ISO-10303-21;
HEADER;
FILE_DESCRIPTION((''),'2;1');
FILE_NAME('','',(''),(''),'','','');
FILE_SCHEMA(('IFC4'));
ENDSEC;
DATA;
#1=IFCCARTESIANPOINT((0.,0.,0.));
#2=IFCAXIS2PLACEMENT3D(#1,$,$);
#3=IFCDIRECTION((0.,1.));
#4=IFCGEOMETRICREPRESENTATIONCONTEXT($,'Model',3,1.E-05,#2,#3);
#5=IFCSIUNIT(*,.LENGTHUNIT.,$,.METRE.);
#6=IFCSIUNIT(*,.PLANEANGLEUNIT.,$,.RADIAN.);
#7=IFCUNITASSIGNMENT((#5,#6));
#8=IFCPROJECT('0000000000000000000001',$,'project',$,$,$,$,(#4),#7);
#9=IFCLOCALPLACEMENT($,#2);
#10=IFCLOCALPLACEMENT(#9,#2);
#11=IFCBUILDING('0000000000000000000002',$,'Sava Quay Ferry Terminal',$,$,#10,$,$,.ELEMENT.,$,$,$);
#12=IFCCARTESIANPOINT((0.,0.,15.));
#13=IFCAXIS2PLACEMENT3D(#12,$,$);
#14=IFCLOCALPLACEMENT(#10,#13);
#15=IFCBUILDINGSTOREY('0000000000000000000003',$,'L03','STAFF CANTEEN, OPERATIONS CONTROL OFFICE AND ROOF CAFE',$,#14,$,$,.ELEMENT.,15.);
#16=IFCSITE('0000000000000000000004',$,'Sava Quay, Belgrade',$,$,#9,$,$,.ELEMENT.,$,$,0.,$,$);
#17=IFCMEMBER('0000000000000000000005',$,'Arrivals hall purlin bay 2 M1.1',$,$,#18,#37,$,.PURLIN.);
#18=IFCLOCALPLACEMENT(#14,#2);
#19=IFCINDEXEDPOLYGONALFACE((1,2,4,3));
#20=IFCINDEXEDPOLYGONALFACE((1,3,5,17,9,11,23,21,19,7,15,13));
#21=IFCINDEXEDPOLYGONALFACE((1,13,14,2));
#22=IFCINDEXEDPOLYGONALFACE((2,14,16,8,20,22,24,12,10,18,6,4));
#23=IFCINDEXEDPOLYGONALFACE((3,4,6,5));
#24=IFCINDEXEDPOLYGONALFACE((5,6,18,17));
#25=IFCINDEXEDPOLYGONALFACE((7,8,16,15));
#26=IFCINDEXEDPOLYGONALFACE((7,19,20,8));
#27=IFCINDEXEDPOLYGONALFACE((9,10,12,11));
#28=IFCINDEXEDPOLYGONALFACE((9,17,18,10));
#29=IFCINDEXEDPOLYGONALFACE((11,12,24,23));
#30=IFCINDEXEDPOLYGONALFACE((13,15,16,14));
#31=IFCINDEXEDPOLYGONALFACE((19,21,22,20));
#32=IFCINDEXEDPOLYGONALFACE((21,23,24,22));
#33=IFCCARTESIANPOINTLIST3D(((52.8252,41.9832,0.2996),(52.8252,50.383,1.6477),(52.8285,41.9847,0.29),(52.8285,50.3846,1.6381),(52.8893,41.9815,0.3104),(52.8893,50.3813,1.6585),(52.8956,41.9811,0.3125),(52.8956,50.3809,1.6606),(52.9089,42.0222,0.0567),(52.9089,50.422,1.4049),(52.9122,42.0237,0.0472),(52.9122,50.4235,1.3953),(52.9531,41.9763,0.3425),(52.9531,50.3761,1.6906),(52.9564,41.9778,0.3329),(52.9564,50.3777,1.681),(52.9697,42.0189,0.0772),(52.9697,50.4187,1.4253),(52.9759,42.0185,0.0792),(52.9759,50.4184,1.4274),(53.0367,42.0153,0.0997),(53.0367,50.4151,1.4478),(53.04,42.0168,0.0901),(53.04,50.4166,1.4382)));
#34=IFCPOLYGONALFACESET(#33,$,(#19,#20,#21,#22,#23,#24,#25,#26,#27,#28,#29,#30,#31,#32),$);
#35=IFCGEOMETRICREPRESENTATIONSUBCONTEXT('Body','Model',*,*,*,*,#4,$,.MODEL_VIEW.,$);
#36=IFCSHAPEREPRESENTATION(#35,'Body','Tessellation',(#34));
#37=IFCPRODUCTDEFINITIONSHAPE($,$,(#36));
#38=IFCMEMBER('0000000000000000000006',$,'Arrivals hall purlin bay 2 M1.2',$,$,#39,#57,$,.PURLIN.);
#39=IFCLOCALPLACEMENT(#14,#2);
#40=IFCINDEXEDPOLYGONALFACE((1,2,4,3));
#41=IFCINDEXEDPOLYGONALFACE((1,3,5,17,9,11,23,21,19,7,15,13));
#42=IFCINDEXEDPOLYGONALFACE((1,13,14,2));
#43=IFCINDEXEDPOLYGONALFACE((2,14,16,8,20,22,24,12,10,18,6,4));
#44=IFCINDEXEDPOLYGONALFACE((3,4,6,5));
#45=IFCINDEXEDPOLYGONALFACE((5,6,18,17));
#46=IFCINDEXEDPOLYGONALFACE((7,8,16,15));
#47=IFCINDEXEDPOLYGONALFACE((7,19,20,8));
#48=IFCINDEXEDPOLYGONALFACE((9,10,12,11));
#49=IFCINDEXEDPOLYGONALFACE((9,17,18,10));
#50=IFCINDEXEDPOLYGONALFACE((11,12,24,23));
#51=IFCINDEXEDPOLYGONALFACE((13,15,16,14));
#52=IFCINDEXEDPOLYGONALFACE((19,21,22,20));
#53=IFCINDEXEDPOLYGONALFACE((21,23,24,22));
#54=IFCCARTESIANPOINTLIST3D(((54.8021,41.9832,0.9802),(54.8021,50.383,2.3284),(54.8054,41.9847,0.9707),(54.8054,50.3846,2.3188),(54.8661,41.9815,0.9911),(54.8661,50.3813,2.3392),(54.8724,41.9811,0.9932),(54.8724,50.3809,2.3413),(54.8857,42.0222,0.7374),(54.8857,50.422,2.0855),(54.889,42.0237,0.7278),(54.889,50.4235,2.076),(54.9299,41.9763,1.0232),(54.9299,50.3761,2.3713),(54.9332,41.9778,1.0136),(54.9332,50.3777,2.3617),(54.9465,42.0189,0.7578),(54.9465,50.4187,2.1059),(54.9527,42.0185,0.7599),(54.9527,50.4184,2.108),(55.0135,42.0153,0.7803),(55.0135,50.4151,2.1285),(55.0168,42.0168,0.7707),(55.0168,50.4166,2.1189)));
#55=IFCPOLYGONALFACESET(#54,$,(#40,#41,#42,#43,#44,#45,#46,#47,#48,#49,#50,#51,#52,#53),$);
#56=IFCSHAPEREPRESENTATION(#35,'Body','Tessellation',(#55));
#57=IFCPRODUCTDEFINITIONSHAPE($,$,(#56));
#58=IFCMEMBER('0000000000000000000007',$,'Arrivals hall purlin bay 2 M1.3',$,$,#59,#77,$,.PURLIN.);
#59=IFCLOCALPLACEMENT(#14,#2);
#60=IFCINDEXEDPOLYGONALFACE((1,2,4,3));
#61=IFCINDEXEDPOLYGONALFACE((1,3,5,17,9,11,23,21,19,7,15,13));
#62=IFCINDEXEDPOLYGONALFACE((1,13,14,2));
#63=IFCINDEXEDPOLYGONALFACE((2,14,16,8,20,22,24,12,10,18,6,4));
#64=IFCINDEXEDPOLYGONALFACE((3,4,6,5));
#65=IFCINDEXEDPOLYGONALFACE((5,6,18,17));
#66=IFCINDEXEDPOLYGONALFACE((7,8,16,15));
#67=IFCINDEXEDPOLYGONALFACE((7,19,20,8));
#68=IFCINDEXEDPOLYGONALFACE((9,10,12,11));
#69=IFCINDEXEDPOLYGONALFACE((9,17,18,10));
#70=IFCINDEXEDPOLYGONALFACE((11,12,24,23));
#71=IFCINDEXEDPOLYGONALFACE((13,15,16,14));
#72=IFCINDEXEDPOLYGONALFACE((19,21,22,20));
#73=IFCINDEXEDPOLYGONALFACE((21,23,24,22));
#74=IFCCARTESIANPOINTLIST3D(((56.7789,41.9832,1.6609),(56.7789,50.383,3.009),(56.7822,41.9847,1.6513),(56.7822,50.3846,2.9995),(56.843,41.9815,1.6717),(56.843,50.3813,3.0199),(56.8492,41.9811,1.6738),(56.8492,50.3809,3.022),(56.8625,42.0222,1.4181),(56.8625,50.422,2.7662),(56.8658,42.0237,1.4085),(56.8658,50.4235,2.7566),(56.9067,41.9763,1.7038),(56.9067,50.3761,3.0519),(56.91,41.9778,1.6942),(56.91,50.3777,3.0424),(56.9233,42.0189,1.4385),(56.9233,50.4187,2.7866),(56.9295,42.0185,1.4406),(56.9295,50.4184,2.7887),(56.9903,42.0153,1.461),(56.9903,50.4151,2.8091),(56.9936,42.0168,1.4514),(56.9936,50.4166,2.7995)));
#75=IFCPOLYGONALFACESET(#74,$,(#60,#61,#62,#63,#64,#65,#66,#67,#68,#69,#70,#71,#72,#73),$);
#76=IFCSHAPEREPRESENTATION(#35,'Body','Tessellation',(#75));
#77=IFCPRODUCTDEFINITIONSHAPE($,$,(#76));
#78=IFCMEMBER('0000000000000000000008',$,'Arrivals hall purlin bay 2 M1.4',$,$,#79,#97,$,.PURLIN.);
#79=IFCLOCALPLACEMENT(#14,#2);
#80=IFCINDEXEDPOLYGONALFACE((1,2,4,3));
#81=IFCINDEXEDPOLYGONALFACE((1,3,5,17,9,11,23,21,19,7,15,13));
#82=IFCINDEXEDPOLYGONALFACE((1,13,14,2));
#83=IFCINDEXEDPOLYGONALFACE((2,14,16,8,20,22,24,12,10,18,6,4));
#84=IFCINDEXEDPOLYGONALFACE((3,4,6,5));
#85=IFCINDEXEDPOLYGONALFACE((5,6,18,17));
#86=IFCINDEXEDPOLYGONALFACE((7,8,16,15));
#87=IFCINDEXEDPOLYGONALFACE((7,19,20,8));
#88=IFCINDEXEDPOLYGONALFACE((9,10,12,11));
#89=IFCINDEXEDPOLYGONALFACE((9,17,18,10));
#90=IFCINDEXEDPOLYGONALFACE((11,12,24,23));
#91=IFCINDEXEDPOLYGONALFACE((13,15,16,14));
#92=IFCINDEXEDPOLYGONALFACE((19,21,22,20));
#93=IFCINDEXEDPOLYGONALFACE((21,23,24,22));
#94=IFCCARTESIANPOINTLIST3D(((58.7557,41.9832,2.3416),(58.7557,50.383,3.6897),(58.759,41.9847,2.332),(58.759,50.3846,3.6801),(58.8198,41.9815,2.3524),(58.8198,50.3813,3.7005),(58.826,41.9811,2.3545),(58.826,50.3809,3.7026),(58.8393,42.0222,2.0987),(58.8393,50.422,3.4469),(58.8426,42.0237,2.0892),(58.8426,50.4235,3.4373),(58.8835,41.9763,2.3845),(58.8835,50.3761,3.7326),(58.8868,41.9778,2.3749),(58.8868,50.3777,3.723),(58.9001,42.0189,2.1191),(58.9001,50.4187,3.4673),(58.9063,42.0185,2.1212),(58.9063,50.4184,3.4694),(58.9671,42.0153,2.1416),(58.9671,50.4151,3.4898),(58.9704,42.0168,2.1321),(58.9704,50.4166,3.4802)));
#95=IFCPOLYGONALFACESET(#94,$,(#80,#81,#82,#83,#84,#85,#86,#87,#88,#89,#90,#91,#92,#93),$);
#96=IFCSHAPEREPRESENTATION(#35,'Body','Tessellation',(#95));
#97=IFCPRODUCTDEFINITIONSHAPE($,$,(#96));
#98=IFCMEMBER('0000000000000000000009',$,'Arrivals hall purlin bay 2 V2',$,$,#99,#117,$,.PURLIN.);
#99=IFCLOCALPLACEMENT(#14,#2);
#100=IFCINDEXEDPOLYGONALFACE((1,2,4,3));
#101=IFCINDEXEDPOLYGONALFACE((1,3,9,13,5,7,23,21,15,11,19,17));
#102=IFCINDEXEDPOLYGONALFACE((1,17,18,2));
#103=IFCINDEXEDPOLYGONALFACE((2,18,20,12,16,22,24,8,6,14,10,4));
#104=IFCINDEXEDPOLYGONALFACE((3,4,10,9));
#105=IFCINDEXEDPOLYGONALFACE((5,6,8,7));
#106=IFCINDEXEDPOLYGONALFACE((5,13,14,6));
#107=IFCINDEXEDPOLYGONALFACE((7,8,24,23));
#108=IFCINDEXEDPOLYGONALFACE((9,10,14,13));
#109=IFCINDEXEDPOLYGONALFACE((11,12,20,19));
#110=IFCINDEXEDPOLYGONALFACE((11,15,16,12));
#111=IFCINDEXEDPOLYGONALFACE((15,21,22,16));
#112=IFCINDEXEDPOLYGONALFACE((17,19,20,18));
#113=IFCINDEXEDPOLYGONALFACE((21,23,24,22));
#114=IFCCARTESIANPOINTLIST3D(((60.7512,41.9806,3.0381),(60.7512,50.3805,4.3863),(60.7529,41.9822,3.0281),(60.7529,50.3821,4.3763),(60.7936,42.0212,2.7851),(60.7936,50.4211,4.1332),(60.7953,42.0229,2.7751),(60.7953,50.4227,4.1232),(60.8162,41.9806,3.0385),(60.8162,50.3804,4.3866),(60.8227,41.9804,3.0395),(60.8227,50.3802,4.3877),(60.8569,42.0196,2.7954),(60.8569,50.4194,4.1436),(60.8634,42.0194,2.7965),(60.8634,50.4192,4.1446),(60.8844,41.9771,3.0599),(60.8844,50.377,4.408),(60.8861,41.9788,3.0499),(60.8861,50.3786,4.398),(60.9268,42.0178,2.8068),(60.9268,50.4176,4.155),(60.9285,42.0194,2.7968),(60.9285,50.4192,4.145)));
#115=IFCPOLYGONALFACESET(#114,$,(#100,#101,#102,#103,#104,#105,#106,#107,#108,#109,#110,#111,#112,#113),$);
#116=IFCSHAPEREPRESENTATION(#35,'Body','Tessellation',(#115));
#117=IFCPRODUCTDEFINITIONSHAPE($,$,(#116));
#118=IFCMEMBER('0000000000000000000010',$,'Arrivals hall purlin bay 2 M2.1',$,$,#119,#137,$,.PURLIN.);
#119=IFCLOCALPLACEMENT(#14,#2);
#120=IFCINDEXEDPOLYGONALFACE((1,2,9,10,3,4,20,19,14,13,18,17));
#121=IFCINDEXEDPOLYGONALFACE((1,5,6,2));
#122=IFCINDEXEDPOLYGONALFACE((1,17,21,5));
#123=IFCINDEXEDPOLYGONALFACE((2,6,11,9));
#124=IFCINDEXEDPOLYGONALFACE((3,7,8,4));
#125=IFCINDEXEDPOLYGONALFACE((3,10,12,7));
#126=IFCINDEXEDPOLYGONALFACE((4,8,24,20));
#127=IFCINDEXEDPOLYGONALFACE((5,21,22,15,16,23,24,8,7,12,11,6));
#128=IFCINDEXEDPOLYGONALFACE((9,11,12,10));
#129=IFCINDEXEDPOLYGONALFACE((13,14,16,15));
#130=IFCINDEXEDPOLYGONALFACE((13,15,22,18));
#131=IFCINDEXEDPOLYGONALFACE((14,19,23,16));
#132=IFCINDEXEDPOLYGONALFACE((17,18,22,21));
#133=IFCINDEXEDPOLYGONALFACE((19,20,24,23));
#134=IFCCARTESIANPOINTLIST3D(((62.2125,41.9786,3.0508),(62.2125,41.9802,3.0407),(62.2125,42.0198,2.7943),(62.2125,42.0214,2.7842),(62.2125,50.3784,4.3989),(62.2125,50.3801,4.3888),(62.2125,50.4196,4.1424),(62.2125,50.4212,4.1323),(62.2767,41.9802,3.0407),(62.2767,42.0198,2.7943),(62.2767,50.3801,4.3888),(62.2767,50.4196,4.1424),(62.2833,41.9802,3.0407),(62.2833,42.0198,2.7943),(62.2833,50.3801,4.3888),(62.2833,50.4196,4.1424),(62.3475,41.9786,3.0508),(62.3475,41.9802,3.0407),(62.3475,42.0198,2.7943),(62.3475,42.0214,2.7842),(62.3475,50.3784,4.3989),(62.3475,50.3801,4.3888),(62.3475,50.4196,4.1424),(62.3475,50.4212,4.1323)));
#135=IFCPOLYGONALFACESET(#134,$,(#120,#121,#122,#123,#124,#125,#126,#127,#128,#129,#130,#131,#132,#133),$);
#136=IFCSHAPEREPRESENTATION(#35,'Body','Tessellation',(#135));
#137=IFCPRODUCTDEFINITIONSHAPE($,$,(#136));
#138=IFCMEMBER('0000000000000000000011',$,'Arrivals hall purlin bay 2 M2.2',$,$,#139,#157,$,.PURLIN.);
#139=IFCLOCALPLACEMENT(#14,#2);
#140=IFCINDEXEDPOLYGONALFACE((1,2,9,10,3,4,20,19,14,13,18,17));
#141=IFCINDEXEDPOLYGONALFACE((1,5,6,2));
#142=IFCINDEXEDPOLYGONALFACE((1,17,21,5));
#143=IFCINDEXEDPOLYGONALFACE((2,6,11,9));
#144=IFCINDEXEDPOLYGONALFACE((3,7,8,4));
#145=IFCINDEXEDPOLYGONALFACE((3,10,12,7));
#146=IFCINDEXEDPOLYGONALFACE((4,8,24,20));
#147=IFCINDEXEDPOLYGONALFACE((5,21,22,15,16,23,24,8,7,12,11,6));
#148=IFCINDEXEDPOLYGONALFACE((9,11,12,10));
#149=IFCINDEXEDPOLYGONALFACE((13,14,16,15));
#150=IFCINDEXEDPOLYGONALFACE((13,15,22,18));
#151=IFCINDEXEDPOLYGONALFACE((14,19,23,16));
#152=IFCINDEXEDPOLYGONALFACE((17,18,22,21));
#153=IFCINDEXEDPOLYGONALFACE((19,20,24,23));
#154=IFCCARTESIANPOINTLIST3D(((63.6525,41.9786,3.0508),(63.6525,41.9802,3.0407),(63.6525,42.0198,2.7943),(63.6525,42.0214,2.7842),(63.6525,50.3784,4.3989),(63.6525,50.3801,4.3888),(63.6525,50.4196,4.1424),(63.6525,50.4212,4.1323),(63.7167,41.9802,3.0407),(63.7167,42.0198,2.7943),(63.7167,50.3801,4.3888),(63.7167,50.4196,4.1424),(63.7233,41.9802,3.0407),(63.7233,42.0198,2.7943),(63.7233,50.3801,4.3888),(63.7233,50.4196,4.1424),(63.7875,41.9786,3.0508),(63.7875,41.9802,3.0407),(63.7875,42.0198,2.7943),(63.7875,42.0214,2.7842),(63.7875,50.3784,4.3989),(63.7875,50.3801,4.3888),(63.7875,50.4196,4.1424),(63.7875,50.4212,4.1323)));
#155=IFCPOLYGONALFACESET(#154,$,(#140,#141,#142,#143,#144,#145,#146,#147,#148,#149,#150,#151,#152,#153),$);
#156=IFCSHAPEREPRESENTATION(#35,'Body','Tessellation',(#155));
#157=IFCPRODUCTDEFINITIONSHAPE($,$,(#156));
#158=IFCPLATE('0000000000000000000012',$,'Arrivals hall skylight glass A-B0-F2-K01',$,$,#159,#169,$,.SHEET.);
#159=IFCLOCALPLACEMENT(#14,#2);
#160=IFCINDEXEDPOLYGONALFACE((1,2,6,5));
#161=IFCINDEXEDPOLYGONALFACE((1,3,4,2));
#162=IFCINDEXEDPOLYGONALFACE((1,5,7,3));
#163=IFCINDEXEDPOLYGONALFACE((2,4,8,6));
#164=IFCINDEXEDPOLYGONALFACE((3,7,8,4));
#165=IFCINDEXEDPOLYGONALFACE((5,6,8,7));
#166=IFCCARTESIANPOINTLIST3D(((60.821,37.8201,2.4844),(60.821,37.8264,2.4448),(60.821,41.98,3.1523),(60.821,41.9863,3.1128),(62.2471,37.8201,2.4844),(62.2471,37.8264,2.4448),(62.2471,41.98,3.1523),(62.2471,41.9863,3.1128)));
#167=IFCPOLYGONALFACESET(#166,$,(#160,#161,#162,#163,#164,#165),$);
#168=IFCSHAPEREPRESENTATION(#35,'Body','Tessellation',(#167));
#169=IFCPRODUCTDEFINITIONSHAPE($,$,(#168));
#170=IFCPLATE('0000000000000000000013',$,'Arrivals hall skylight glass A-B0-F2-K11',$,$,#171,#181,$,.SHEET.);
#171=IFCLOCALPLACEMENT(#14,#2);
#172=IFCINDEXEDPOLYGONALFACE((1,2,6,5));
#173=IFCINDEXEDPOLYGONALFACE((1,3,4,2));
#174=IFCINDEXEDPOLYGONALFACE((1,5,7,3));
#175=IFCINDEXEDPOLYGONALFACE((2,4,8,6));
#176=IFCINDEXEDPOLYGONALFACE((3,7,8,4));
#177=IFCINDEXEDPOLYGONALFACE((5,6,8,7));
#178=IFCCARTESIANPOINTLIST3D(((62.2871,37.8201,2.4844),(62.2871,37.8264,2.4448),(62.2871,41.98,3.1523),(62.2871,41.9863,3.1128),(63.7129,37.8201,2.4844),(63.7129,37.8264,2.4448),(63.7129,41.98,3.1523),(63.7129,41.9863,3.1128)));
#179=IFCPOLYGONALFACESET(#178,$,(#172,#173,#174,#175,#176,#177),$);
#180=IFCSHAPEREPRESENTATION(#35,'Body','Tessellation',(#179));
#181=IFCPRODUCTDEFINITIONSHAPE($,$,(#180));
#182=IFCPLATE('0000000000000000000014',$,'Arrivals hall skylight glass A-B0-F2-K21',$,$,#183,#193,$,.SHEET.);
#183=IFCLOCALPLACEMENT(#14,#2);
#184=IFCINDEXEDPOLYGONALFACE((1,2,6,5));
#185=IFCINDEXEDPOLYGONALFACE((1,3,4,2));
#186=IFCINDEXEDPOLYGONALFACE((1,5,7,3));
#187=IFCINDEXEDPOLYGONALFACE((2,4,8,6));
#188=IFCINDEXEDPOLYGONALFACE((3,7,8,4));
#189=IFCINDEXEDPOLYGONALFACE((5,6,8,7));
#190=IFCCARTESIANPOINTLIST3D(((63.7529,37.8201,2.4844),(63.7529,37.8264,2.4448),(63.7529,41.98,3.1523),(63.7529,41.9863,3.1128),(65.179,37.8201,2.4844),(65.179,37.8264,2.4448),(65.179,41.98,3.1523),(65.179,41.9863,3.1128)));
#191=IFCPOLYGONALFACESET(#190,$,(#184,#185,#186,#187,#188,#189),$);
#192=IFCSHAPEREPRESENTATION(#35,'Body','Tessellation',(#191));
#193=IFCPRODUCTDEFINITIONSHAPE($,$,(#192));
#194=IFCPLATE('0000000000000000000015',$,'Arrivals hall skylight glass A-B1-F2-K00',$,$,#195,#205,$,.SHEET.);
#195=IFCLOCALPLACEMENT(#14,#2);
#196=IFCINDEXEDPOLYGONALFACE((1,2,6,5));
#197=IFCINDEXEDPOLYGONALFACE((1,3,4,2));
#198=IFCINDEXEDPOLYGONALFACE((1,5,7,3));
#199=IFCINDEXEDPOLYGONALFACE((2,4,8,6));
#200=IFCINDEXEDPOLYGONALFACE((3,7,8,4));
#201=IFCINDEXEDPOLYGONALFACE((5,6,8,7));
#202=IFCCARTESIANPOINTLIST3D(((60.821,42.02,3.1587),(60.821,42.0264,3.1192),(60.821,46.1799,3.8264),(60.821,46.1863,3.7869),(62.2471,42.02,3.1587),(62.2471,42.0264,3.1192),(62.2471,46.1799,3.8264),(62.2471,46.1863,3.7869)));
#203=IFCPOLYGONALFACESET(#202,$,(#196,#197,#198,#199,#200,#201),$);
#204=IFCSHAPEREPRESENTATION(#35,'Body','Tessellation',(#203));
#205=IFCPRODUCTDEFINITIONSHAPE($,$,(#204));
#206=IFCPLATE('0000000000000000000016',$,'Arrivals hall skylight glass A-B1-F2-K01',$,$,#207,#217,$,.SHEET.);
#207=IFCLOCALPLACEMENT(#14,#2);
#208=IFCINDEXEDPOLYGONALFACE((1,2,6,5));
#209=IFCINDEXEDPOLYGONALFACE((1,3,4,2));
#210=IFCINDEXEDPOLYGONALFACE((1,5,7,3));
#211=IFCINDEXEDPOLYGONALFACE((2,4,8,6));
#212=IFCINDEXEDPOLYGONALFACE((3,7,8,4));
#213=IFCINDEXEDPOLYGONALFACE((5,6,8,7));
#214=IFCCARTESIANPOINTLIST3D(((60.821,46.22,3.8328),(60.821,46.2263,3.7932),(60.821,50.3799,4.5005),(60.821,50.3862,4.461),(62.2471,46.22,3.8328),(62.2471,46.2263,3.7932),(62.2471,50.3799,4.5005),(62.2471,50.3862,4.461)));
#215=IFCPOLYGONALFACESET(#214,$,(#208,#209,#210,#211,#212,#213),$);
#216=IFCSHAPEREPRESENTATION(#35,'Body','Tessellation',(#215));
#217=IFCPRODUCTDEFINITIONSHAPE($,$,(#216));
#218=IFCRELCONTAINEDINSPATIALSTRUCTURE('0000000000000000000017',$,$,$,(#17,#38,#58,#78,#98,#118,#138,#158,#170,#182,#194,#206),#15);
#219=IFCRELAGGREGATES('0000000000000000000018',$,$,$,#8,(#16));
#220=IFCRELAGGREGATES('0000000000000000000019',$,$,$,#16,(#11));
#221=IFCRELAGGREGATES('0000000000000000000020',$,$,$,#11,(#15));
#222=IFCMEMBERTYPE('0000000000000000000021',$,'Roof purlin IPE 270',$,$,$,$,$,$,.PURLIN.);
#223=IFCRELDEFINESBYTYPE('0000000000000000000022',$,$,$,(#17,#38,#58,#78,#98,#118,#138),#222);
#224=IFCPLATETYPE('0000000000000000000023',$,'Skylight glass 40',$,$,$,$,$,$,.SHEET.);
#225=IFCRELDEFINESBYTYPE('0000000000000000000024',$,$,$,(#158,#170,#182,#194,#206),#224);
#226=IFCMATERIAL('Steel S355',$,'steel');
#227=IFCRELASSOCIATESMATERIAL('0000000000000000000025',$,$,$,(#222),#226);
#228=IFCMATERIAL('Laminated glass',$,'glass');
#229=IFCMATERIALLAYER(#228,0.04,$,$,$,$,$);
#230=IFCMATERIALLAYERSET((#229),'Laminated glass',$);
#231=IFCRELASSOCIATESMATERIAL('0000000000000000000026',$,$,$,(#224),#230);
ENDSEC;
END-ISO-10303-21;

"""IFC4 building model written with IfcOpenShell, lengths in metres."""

from ifc_helpers import new_model, si_unit, direction, frame, origin, origin_2d, place, context, subcontext, project, spatial, polyline, i_section, outline, extrude, material, layer, layer_set, material_profile, profile_set, type_object, element, save


model = new_model("IFC4")

# Units and contexts
model_context = context("Model", 3, precision=1e-05, world=origin(), true_north=direction((0.0, 1.0)))
body_context = subcontext(model_context, "Body", "Model", "MODEL_VIEW")
ifc_project = project(units=[si_unit("LENGTHUNIT", "METRE"), si_unit("PLANEANGLEUNIT", "RADIAN")], contexts=[model_context])

# Site, building, storey
site_placement = place(None, origin())
site = spatial("IfcSite", under=ifc_project, at=site_placement, Name="Sava Quay, Belgrade", CompositionType="ELEMENT", RefElevation=0.0)
building_placement = place(site_placement, origin())
building = spatial("IfcBuilding", under=site, at=building_placement, Name="Sava Quay Ferry Terminal", CompositionType="ELEMENT")
storey_placement = place(building_placement, frame((0.0, 0.0, 15.0)))
storey = spatial("IfcBuildingStorey", under=building, at=storey_placement, Name="L03", Description="STAFF CANTEEN, OPERATIONS CONTROL OFFICE AND ROOF CAFE", CompositionType="ELEMENT", Elevation=15.0)

# Members
ifc_material_1 = material(Name="Steel S355", Category="steel")
ifc_material_profile_1 = material_profile(ifc_material_1, i_section(OverallWidth=0.135, OverallDepth=0.27, WebThickness=0.0066, FlangeThickness=0.0103, at=origin_2d()), Name="IPE 270")
ifc_profile_set_1 = profile_set([ifc_material_profile_1], Name="Steel S355")
member_type_1 = type_object("IfcMemberType", Name="Roof purlin IPE 270", PredefinedType="PURLIN", material=ifc_profile_set_1)
for number, where, z_axis, x_axis, name in (
    (1, (52.9326, 42.0, 0.1948), (0.0, 0.987364, 0.158467), (-0.946779, 0.051008, -0.317817), "Arrivals hall purlin bay 2 M1.1"),
    (2, (54.9094, 42.0, 0.8755), (0.0, 0.987364, 0.158467), (-0.946779, 0.051008, -0.317817), "Arrivals hall purlin bay 2 M1.2"),
    (3, (56.8862, 42.0, 1.5562), (0.0, 0.987364, 0.158467), (-0.946779, 0.051008, -0.317817), "Arrivals hall purlin bay 2 M1.3"),
    (4, (58.863, 42.0, 2.2368), (0.0, 0.987364, 0.158467), (-0.946779, 0.051008, -0.317817), "Arrivals hall purlin bay 2 M1.4"),
    (5, (60.8398, 42.0, 2.9175), (0.0, 0.987364, 0.158467), (-0.986605, 0.02585, -0.161066), "Arrivals hall purlin bay 2 V2"),
    (6, (62.28, 42.0, 2.9175), (0.0, 0.987364, 0.158467), (-1.0, 0.0, 0.0), "Arrivals hall purlin bay 2 M2.1"),
    (7, (63.72, 42.0, 2.9175), (0.0, 0.987364, 0.158467), (-1.0, 0.0, 0.0), "Arrivals hall purlin bay 2 M2.2"),
):
    element("IfcMember", number, at=place(storey_placement, frame(where, z_axis=z_axis, x_axis=x_axis)), inside=storey, type_object=member_type_1, Name=name, PredefinedType="PURLIN", context=body_context, shape_type="SweptSolid", body=[
        extrude(i_section(OverallWidth=0.135, OverallDepth=0.27, WebThickness=0.0066, FlangeThickness=0.0103, at=origin_2d()), origin(), (0.0, 0.0, 1.0), 8.5073),
    ])

# Plates
ifc_material_2 = material(Name="Laminated glass", Category="glass")
ifc_layer = layer(ifc_material_2, 0.04)
ifc_layer_set = layer_set([ifc_layer], Name="Laminated glass")
plate_type = type_object("IfcPlateType", Name="Skylight glass 40", PredefinedType="SHEET", material=ifc_layer_set)
plate_1_placement = place(storey_placement, frame((60.821, 37.8201, 2.4844), z_axis=(0.0, -0.158542, 0.987352), x_axis=(0.0, 0.987352, 0.158542)))
element("IfcPlate", 8, at=plate_1_placement, inside=storey, type_object=plate_type, Name="Arrivals hall skylight glass A-B0-F2-K01", PredefinedType="SHEET", context=body_context, shape_type="SweptSolid", body=[
    extrude(outline(polyline([(0.0, 0.0), (4.2132, 0.0), (4.2132, -1.426), (0.0, -1.426), (0.0, 0.0)])), origin(), (0.0, 0.0, -1.0), 0.04),
])
plate_2_placement = place(storey_placement, frame((62.2871, 37.8201, 2.4844), z_axis=(0.0, -0.158542, 0.987352), x_axis=(0.0, 0.987352, 0.158542)))
element("IfcPlate", 9, at=plate_2_placement, inside=storey, type_object=plate_type, Name="Arrivals hall skylight glass A-B0-F2-K11", PredefinedType="SHEET", context=body_context, shape_type="SweptSolid", body=[
    extrude(outline(polyline([(0.0, 0.0), (4.2132, 0.0), (4.2132, -1.4258), (0.0, -1.4258), (0.0, 0.0)])), origin(), (0.0, 0.0, -1.0), 0.04),
])
plate_3_placement = place(storey_placement, frame((63.7529, 37.8201, 2.4844), z_axis=(0.0, -0.158542, 0.987352), x_axis=(0.0, 0.987352, 0.158542)))
element("IfcPlate", 10, at=plate_3_placement, inside=storey, type_object=plate_type, Name="Arrivals hall skylight glass A-B0-F2-K21", PredefinedType="SHEET", context=body_context, shape_type="SweptSolid", body=[
    extrude(outline(polyline([(0.0, 0.0), (4.2132, 0.0), (4.2132, -1.426), (0.0, -1.426), (0.0, 0.0)])), origin(), (0.0, 0.0, -1.0), 0.04),
])
for number, where, z_axis, x_axis, name in (
    (11, (60.821, 42.02, 3.1587), (0.0, -0.158485, 0.987361), (0.0, 0.987361, 0.158485), "Arrivals hall skylight glass A-B1-F2-K00"),
    (12, (60.821, 46.22, 3.8328), (0.0, -0.158485, 0.987361), (0.0, 0.987361, 0.158485), "Arrivals hall skylight glass A-B1-F2-K01"),
):
    element("IfcPlate", number, at=place(storey_placement, frame(where, z_axis=z_axis, x_axis=x_axis)), inside=storey, type_object=plate_type, Name=name, PredefinedType="SHEET", context=body_context, shape_type="SweptSolid", body=[
        extrude(outline(polyline([(0.0, 0.0), (4.2132, 0.0), (4.2132, -1.426), (0.0, -1.426), (0.0, 0.0)])), origin(), (0.0, 0.0, -1.0), 0.04),
    ])

save(model, "model.ifc")
